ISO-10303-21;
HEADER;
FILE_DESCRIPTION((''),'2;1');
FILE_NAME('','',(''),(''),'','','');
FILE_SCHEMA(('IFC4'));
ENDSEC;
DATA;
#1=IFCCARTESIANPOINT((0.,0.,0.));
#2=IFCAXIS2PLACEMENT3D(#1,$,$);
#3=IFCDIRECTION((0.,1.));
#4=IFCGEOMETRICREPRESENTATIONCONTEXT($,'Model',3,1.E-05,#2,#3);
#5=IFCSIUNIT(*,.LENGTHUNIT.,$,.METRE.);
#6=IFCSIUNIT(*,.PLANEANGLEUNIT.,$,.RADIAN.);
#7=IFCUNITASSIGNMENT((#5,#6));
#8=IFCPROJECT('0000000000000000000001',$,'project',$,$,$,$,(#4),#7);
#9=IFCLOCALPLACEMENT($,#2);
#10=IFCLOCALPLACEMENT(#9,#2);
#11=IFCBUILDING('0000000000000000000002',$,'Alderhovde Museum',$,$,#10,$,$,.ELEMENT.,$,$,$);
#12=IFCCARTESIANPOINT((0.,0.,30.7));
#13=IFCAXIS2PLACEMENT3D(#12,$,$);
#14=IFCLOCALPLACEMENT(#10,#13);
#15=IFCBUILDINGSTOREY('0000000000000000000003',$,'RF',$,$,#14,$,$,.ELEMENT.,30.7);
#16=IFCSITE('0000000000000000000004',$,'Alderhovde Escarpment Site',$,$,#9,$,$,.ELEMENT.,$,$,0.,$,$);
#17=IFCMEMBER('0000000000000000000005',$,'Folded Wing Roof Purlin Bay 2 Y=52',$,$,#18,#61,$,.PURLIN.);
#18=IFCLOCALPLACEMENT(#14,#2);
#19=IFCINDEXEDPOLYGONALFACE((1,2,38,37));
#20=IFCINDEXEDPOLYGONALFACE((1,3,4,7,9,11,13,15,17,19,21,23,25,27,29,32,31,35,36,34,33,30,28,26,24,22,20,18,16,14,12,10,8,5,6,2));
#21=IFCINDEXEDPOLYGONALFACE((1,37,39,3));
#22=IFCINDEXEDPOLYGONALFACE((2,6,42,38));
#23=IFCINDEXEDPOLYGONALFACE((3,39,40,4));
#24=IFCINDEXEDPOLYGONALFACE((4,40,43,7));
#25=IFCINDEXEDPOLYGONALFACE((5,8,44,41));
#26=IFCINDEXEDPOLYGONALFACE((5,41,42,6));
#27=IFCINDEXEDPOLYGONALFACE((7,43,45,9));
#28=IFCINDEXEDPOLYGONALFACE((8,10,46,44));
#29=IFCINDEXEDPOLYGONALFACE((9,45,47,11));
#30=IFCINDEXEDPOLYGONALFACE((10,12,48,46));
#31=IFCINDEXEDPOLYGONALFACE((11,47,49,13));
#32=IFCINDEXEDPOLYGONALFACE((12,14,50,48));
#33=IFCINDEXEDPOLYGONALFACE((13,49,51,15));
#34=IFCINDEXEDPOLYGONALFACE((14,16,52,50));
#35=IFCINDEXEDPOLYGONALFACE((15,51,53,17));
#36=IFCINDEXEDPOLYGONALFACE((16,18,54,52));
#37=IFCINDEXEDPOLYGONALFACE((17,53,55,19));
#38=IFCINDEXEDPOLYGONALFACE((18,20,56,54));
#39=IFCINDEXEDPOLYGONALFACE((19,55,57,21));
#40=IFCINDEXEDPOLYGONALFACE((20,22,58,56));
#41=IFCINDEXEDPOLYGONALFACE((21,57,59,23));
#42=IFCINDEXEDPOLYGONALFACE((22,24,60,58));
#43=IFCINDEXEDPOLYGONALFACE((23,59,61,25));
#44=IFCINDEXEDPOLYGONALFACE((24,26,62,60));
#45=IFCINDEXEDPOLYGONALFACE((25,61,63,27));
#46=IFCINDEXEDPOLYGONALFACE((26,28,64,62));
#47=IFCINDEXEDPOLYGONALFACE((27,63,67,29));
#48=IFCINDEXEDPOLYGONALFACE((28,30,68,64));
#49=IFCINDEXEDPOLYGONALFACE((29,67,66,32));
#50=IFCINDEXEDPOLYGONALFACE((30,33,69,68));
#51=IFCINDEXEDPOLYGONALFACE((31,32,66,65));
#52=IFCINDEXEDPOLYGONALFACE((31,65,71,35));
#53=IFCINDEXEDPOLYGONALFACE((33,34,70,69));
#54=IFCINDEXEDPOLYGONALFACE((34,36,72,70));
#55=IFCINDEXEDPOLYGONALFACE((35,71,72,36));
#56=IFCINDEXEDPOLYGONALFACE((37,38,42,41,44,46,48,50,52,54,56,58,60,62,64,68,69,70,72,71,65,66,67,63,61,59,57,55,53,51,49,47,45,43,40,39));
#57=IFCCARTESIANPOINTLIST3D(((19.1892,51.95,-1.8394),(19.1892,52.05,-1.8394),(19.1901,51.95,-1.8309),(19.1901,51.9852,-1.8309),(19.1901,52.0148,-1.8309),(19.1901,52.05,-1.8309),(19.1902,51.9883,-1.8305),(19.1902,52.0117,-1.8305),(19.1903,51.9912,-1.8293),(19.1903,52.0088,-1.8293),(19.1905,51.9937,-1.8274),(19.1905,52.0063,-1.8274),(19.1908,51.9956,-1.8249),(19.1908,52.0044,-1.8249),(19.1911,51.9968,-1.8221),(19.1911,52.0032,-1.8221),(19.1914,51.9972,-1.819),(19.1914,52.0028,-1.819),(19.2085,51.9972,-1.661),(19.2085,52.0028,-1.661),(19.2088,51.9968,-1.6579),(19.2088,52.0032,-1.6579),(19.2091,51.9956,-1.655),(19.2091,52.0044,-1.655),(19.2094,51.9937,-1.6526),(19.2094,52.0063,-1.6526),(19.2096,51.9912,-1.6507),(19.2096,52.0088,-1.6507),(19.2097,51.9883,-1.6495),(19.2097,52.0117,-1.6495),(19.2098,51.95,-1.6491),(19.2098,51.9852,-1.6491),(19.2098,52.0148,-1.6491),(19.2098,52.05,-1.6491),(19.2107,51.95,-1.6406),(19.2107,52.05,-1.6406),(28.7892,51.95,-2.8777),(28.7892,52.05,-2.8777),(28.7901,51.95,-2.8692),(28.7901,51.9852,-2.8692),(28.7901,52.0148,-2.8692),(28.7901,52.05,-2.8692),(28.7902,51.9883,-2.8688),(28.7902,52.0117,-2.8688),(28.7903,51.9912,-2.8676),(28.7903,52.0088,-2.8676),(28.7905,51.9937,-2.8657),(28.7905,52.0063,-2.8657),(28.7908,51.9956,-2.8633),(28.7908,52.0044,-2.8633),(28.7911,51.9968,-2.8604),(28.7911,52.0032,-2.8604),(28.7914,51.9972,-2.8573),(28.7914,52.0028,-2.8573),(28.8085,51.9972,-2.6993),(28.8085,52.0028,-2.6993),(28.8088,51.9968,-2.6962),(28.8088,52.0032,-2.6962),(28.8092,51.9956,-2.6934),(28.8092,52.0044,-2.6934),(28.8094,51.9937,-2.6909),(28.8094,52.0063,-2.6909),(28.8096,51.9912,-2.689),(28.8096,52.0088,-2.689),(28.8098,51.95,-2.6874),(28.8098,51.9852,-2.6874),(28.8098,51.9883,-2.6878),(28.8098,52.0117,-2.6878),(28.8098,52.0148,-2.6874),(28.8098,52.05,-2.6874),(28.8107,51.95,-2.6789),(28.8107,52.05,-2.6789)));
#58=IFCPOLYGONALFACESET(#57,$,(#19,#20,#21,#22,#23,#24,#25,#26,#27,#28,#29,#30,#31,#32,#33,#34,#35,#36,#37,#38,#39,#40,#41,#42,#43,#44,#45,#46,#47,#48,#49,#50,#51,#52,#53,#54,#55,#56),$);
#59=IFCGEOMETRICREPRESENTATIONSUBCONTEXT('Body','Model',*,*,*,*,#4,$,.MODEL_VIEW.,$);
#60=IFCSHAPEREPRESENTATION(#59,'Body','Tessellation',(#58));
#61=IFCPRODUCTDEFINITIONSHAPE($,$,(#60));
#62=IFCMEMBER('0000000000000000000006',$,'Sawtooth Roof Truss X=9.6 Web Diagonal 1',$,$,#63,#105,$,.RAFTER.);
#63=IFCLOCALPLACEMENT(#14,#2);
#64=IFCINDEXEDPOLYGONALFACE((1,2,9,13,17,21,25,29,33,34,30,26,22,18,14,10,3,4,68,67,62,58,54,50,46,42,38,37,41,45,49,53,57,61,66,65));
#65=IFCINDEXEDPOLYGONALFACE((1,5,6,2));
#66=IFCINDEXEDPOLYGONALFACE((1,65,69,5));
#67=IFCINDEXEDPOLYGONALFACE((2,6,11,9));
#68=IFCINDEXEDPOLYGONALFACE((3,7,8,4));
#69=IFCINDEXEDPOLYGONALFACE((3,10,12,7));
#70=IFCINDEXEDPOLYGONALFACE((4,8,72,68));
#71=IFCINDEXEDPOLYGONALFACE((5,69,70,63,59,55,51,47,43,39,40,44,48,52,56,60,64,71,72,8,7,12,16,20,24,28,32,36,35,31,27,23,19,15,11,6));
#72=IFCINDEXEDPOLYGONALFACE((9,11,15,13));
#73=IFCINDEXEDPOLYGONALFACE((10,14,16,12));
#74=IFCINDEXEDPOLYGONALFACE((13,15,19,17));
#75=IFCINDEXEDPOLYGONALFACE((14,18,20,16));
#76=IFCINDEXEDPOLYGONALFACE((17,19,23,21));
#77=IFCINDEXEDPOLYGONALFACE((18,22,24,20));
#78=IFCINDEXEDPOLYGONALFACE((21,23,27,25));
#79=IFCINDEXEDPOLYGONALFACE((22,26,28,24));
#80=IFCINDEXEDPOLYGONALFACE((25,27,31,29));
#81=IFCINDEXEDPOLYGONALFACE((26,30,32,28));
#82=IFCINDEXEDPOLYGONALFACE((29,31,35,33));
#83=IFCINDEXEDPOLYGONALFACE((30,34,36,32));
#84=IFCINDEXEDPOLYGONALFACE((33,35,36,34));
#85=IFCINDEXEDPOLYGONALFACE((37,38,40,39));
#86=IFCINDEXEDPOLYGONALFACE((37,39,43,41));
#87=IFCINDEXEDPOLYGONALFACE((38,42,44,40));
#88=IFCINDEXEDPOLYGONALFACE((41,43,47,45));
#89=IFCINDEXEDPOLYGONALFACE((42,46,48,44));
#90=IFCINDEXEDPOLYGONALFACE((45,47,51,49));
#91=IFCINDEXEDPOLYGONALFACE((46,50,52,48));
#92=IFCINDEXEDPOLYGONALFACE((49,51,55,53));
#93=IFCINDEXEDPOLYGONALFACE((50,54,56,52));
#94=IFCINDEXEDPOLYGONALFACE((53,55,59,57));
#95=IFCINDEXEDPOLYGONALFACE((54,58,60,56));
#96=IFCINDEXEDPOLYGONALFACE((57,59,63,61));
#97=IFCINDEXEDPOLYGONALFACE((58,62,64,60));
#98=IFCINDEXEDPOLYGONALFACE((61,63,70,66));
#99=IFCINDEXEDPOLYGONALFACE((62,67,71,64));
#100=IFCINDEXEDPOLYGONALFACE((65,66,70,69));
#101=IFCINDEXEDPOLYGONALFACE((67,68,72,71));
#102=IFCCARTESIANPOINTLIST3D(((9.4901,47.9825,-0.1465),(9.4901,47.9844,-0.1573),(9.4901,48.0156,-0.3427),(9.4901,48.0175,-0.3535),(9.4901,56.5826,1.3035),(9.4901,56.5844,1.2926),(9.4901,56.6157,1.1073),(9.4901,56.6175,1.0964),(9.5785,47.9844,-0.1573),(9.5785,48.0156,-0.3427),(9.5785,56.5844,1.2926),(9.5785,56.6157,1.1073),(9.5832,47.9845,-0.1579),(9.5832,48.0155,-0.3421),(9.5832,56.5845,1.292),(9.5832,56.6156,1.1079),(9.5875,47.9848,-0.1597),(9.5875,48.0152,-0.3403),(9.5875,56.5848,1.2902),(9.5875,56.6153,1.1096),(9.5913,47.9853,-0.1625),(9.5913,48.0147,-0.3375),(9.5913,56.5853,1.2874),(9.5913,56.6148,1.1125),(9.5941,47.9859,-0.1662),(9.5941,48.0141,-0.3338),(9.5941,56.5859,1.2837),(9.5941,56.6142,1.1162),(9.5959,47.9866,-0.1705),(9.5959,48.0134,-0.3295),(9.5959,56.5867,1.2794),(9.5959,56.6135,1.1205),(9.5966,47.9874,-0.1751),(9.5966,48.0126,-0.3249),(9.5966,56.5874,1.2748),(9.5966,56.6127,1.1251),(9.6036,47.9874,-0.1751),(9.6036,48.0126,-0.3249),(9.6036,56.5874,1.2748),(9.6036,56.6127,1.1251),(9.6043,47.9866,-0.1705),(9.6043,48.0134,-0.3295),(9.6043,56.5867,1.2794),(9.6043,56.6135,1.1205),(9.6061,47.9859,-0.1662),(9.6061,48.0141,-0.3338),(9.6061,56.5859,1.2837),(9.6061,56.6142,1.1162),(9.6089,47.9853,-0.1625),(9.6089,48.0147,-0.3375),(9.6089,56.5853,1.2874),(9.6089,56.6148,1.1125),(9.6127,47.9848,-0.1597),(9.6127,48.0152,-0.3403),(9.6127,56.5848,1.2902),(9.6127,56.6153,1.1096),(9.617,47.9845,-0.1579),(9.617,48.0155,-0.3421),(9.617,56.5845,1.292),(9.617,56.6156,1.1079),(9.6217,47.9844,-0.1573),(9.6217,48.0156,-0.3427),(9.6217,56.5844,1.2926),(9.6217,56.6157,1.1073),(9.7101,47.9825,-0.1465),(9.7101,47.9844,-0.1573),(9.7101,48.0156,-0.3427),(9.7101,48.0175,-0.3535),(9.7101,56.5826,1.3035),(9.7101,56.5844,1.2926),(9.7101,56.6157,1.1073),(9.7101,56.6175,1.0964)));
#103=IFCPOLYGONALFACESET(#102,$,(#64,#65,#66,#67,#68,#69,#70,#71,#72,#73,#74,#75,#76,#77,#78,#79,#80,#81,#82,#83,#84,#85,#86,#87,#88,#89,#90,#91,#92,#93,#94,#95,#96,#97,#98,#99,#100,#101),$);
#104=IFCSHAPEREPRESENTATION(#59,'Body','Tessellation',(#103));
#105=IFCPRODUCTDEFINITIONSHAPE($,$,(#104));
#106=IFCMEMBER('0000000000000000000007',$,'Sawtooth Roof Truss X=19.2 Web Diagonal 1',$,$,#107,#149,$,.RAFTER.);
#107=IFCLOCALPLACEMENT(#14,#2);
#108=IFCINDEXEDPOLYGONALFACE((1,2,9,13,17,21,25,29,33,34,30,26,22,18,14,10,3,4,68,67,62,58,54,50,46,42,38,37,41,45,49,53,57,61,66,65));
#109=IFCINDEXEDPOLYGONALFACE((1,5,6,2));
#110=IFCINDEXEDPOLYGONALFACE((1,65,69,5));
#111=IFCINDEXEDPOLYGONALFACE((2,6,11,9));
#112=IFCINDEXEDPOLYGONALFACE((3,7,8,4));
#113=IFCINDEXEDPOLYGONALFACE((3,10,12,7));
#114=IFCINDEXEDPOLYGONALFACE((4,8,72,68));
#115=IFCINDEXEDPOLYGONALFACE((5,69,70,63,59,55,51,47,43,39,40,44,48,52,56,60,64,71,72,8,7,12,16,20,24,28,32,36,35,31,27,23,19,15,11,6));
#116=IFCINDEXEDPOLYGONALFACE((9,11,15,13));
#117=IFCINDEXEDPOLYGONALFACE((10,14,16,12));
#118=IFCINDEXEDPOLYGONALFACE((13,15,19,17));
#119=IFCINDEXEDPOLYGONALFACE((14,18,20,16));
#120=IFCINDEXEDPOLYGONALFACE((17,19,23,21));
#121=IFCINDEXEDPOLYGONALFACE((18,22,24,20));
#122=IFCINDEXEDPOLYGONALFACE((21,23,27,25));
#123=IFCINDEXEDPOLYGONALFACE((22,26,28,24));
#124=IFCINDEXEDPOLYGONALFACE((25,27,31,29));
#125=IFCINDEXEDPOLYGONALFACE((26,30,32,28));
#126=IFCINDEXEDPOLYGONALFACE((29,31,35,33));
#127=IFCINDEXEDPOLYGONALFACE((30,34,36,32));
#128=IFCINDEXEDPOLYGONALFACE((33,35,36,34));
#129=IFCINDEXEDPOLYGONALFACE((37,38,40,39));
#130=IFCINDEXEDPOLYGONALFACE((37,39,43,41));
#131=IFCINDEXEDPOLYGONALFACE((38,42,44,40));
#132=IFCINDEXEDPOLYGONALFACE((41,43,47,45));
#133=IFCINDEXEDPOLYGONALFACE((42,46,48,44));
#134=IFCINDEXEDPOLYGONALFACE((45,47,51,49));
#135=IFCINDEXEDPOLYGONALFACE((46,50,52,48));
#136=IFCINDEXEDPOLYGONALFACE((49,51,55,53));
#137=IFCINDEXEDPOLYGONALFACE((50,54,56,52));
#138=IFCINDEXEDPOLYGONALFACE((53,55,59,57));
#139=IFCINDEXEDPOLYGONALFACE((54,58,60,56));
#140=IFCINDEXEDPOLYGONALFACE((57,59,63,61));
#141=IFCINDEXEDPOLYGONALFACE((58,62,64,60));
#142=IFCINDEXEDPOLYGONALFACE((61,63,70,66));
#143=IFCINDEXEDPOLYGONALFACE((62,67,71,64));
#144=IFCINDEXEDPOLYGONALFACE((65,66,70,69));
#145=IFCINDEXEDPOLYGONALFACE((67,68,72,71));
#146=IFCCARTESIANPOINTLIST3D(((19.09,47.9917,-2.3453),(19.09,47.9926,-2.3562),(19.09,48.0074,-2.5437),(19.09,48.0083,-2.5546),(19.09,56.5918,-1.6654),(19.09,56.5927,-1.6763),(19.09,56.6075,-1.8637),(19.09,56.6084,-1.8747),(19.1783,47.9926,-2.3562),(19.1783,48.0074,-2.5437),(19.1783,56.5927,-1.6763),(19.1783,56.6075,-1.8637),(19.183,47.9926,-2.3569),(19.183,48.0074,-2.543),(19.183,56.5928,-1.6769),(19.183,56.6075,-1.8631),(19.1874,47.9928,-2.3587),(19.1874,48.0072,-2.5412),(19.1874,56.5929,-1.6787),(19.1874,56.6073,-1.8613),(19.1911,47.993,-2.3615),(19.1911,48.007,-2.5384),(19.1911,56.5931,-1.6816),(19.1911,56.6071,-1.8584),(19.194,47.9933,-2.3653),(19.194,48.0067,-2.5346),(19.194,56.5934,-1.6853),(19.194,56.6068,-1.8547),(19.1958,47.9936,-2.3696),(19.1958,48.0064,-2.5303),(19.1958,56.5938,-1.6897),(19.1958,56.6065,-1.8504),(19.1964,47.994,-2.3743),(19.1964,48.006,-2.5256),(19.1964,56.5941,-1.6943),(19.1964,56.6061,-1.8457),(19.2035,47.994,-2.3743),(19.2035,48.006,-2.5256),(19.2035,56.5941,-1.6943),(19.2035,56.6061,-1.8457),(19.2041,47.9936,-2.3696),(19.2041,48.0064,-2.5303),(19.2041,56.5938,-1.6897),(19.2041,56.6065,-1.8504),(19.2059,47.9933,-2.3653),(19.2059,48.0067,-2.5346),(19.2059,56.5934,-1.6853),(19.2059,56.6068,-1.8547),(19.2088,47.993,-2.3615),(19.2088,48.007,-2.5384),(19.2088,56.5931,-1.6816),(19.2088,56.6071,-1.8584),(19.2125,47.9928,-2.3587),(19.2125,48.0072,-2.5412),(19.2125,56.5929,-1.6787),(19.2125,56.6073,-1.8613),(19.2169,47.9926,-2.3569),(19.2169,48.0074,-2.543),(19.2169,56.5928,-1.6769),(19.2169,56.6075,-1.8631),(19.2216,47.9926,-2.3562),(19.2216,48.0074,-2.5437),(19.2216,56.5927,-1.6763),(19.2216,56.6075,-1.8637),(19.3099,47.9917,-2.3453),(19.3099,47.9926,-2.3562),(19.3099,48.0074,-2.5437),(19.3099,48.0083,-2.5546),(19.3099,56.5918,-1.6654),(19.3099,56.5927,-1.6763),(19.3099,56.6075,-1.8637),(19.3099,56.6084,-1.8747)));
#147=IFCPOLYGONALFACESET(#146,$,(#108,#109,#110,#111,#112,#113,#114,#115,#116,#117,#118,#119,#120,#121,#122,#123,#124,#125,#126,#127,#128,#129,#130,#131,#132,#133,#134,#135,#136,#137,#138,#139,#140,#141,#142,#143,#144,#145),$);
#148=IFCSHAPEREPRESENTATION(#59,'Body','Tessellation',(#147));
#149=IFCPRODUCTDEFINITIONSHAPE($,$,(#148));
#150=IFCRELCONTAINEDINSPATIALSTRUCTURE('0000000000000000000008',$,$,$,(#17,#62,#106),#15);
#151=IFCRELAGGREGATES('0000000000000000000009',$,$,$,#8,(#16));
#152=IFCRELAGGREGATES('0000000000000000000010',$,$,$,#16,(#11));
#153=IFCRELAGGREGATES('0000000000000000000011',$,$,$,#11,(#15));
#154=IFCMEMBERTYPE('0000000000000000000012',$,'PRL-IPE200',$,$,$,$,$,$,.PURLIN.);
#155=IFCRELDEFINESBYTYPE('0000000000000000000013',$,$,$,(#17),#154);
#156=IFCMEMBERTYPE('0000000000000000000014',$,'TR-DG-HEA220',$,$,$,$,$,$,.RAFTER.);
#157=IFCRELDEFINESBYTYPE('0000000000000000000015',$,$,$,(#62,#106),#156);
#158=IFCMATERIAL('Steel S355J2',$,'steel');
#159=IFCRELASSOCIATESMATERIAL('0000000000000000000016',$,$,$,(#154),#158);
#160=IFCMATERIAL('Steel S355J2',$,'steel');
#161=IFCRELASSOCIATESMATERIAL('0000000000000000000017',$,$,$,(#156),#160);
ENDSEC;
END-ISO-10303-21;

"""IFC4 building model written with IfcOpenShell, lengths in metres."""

from ifc_helpers import new_model, si_unit, direction, frame, origin, origin_2d, place, context, subcontext, project, spatial, i_section, extrude, material, material_profile, profile_set, type_object, element, save


model = new_model("IFC4")

# Units and contexts
model_context = context("Model", 3, precision=1e-05, world=origin(), true_north=direction((0.0, 1.0)))
body_context = subcontext(model_context, "Body", "Model", "MODEL_VIEW")
ifc_project = project(units=[si_unit("LENGTHUNIT", "METRE"), si_unit("PLANEANGLEUNIT", "RADIAN")], contexts=[model_context])

# Site, building, storey
site_placement = place(None, origin())
site = spatial("IfcSite", under=ifc_project, at=site_placement, Name="Alderhovde Escarpment Site", CompositionType="ELEMENT", RefElevation=0.0)
building_placement = place(site_placement, origin())
building = spatial("IfcBuilding", under=site, at=building_placement, Name="Alderhovde Museum", CompositionType="ELEMENT")
storey_placement = place(building_placement, frame((0.0, 0.0, 30.7)))
storey = spatial("IfcBuildingStorey", under=building, at=storey_placement, Name="RF", CompositionType="ELEMENT", Elevation=30.7)

# Members
ifc_material_1 = material(Name="Steel S355J2", Category="steel")
ifc_material_profile_1 = material_profile(ifc_material_1, i_section(OverallWidth=0.1001, OverallDepth=0.2, WebThickness=0.0056, FlangeThickness=0.0085, FilletRadius=0.012, at=origin_2d()), Name="IPE 200")
ifc_profile_set_1 = profile_set([ifc_material_profile_1], Name="Steel S355J2")
member_type_1 = type_object("IfcMemberType", Name="PRL-IPE200", PredefinedType="PURLIN", material=ifc_profile_set_1)
for number, where, z_axis, x_axis, name in (
    (1, (19.2, 52.0, -1.74), (0.994202, 0.0, -0.107531), (0.0, 1.0, 0.0), "Folded Wing Roof Purlin Bay 2 Y=52"),
):
    element("IfcMember", number, at=place(storey_placement, frame(where, z_axis=z_axis, x_axis=x_axis)), inside=storey, type_object=member_type_1, Name=name, PredefinedType="PURLIN", context=body_context, shape_type="SweptSolid", body=[
        extrude(i_section(OverallWidth=0.1001, OverallDepth=0.2, WebThickness=0.0056, FlangeThickness=0.0085, FilletRadius=0.012, at=origin_2d()), origin(), (0.0, 0.0, 1.0), 9.656),
    ])
ifc_material_2 = material(Name="Steel S355J2", Category="steel")
ifc_material_profile_2 = material_profile(ifc_material_2, i_section(OverallWidth=0.22, OverallDepth=0.21, WebThickness=0.0071, FlangeThickness=0.011, FilletRadius=0.0181, at=origin_2d()), Name="HEA 220")
ifc_profile_set_2 = profile_set([ifc_material_profile_2], Name="Steel S355J2")
member_type_2 = type_object("IfcMemberType", Name="TR-DG-HEA220", PredefinedType="RAFTER", material=ifc_profile_set_2)
member_1_placement = place(storey_placement, frame((9.6001, 48.0, -0.25), z_axis=(0.0, 0.986084, 0.166251), x_axis=(-1.0, 0.0, 0.0)))
element("IfcMember", 2, at=member_1_placement, inside=storey, type_object=member_type_2, Name="Sawtooth Roof Truss X=9.6 Web Diagonal 1", PredefinedType="RAFTER", context=body_context, shape_type="SweptSolid", body=[
    extrude(i_section(OverallWidth=0.22, OverallDepth=0.21, WebThickness=0.0071, FlangeThickness=0.011, FilletRadius=0.0181, at=origin_2d()), origin(), (0.0, 0.0, 1.0), 8.7214),
])
member_2_placement = place(storey_placement, frame((19.2, 48.0, -2.45), z_axis=(0.0, 0.996889, 0.078815), x_axis=(-1.0, 0.0, 0.0)))
element("IfcMember", 3, at=member_2_placement, inside=storey, type_object=member_type_2, Name="Sawtooth Roof Truss X=19.2 Web Diagonal 1", PredefinedType="RAFTER", context=body_context, shape_type="SweptSolid", body=[
    extrude(i_section(OverallWidth=0.22, OverallDepth=0.21, WebThickness=0.0071, FlangeThickness=0.011, FilletRadius=0.0181, at=origin_2d()), origin(), (0.0, 0.0, 1.0), 8.627),
])

save(model, "model.ifc")
